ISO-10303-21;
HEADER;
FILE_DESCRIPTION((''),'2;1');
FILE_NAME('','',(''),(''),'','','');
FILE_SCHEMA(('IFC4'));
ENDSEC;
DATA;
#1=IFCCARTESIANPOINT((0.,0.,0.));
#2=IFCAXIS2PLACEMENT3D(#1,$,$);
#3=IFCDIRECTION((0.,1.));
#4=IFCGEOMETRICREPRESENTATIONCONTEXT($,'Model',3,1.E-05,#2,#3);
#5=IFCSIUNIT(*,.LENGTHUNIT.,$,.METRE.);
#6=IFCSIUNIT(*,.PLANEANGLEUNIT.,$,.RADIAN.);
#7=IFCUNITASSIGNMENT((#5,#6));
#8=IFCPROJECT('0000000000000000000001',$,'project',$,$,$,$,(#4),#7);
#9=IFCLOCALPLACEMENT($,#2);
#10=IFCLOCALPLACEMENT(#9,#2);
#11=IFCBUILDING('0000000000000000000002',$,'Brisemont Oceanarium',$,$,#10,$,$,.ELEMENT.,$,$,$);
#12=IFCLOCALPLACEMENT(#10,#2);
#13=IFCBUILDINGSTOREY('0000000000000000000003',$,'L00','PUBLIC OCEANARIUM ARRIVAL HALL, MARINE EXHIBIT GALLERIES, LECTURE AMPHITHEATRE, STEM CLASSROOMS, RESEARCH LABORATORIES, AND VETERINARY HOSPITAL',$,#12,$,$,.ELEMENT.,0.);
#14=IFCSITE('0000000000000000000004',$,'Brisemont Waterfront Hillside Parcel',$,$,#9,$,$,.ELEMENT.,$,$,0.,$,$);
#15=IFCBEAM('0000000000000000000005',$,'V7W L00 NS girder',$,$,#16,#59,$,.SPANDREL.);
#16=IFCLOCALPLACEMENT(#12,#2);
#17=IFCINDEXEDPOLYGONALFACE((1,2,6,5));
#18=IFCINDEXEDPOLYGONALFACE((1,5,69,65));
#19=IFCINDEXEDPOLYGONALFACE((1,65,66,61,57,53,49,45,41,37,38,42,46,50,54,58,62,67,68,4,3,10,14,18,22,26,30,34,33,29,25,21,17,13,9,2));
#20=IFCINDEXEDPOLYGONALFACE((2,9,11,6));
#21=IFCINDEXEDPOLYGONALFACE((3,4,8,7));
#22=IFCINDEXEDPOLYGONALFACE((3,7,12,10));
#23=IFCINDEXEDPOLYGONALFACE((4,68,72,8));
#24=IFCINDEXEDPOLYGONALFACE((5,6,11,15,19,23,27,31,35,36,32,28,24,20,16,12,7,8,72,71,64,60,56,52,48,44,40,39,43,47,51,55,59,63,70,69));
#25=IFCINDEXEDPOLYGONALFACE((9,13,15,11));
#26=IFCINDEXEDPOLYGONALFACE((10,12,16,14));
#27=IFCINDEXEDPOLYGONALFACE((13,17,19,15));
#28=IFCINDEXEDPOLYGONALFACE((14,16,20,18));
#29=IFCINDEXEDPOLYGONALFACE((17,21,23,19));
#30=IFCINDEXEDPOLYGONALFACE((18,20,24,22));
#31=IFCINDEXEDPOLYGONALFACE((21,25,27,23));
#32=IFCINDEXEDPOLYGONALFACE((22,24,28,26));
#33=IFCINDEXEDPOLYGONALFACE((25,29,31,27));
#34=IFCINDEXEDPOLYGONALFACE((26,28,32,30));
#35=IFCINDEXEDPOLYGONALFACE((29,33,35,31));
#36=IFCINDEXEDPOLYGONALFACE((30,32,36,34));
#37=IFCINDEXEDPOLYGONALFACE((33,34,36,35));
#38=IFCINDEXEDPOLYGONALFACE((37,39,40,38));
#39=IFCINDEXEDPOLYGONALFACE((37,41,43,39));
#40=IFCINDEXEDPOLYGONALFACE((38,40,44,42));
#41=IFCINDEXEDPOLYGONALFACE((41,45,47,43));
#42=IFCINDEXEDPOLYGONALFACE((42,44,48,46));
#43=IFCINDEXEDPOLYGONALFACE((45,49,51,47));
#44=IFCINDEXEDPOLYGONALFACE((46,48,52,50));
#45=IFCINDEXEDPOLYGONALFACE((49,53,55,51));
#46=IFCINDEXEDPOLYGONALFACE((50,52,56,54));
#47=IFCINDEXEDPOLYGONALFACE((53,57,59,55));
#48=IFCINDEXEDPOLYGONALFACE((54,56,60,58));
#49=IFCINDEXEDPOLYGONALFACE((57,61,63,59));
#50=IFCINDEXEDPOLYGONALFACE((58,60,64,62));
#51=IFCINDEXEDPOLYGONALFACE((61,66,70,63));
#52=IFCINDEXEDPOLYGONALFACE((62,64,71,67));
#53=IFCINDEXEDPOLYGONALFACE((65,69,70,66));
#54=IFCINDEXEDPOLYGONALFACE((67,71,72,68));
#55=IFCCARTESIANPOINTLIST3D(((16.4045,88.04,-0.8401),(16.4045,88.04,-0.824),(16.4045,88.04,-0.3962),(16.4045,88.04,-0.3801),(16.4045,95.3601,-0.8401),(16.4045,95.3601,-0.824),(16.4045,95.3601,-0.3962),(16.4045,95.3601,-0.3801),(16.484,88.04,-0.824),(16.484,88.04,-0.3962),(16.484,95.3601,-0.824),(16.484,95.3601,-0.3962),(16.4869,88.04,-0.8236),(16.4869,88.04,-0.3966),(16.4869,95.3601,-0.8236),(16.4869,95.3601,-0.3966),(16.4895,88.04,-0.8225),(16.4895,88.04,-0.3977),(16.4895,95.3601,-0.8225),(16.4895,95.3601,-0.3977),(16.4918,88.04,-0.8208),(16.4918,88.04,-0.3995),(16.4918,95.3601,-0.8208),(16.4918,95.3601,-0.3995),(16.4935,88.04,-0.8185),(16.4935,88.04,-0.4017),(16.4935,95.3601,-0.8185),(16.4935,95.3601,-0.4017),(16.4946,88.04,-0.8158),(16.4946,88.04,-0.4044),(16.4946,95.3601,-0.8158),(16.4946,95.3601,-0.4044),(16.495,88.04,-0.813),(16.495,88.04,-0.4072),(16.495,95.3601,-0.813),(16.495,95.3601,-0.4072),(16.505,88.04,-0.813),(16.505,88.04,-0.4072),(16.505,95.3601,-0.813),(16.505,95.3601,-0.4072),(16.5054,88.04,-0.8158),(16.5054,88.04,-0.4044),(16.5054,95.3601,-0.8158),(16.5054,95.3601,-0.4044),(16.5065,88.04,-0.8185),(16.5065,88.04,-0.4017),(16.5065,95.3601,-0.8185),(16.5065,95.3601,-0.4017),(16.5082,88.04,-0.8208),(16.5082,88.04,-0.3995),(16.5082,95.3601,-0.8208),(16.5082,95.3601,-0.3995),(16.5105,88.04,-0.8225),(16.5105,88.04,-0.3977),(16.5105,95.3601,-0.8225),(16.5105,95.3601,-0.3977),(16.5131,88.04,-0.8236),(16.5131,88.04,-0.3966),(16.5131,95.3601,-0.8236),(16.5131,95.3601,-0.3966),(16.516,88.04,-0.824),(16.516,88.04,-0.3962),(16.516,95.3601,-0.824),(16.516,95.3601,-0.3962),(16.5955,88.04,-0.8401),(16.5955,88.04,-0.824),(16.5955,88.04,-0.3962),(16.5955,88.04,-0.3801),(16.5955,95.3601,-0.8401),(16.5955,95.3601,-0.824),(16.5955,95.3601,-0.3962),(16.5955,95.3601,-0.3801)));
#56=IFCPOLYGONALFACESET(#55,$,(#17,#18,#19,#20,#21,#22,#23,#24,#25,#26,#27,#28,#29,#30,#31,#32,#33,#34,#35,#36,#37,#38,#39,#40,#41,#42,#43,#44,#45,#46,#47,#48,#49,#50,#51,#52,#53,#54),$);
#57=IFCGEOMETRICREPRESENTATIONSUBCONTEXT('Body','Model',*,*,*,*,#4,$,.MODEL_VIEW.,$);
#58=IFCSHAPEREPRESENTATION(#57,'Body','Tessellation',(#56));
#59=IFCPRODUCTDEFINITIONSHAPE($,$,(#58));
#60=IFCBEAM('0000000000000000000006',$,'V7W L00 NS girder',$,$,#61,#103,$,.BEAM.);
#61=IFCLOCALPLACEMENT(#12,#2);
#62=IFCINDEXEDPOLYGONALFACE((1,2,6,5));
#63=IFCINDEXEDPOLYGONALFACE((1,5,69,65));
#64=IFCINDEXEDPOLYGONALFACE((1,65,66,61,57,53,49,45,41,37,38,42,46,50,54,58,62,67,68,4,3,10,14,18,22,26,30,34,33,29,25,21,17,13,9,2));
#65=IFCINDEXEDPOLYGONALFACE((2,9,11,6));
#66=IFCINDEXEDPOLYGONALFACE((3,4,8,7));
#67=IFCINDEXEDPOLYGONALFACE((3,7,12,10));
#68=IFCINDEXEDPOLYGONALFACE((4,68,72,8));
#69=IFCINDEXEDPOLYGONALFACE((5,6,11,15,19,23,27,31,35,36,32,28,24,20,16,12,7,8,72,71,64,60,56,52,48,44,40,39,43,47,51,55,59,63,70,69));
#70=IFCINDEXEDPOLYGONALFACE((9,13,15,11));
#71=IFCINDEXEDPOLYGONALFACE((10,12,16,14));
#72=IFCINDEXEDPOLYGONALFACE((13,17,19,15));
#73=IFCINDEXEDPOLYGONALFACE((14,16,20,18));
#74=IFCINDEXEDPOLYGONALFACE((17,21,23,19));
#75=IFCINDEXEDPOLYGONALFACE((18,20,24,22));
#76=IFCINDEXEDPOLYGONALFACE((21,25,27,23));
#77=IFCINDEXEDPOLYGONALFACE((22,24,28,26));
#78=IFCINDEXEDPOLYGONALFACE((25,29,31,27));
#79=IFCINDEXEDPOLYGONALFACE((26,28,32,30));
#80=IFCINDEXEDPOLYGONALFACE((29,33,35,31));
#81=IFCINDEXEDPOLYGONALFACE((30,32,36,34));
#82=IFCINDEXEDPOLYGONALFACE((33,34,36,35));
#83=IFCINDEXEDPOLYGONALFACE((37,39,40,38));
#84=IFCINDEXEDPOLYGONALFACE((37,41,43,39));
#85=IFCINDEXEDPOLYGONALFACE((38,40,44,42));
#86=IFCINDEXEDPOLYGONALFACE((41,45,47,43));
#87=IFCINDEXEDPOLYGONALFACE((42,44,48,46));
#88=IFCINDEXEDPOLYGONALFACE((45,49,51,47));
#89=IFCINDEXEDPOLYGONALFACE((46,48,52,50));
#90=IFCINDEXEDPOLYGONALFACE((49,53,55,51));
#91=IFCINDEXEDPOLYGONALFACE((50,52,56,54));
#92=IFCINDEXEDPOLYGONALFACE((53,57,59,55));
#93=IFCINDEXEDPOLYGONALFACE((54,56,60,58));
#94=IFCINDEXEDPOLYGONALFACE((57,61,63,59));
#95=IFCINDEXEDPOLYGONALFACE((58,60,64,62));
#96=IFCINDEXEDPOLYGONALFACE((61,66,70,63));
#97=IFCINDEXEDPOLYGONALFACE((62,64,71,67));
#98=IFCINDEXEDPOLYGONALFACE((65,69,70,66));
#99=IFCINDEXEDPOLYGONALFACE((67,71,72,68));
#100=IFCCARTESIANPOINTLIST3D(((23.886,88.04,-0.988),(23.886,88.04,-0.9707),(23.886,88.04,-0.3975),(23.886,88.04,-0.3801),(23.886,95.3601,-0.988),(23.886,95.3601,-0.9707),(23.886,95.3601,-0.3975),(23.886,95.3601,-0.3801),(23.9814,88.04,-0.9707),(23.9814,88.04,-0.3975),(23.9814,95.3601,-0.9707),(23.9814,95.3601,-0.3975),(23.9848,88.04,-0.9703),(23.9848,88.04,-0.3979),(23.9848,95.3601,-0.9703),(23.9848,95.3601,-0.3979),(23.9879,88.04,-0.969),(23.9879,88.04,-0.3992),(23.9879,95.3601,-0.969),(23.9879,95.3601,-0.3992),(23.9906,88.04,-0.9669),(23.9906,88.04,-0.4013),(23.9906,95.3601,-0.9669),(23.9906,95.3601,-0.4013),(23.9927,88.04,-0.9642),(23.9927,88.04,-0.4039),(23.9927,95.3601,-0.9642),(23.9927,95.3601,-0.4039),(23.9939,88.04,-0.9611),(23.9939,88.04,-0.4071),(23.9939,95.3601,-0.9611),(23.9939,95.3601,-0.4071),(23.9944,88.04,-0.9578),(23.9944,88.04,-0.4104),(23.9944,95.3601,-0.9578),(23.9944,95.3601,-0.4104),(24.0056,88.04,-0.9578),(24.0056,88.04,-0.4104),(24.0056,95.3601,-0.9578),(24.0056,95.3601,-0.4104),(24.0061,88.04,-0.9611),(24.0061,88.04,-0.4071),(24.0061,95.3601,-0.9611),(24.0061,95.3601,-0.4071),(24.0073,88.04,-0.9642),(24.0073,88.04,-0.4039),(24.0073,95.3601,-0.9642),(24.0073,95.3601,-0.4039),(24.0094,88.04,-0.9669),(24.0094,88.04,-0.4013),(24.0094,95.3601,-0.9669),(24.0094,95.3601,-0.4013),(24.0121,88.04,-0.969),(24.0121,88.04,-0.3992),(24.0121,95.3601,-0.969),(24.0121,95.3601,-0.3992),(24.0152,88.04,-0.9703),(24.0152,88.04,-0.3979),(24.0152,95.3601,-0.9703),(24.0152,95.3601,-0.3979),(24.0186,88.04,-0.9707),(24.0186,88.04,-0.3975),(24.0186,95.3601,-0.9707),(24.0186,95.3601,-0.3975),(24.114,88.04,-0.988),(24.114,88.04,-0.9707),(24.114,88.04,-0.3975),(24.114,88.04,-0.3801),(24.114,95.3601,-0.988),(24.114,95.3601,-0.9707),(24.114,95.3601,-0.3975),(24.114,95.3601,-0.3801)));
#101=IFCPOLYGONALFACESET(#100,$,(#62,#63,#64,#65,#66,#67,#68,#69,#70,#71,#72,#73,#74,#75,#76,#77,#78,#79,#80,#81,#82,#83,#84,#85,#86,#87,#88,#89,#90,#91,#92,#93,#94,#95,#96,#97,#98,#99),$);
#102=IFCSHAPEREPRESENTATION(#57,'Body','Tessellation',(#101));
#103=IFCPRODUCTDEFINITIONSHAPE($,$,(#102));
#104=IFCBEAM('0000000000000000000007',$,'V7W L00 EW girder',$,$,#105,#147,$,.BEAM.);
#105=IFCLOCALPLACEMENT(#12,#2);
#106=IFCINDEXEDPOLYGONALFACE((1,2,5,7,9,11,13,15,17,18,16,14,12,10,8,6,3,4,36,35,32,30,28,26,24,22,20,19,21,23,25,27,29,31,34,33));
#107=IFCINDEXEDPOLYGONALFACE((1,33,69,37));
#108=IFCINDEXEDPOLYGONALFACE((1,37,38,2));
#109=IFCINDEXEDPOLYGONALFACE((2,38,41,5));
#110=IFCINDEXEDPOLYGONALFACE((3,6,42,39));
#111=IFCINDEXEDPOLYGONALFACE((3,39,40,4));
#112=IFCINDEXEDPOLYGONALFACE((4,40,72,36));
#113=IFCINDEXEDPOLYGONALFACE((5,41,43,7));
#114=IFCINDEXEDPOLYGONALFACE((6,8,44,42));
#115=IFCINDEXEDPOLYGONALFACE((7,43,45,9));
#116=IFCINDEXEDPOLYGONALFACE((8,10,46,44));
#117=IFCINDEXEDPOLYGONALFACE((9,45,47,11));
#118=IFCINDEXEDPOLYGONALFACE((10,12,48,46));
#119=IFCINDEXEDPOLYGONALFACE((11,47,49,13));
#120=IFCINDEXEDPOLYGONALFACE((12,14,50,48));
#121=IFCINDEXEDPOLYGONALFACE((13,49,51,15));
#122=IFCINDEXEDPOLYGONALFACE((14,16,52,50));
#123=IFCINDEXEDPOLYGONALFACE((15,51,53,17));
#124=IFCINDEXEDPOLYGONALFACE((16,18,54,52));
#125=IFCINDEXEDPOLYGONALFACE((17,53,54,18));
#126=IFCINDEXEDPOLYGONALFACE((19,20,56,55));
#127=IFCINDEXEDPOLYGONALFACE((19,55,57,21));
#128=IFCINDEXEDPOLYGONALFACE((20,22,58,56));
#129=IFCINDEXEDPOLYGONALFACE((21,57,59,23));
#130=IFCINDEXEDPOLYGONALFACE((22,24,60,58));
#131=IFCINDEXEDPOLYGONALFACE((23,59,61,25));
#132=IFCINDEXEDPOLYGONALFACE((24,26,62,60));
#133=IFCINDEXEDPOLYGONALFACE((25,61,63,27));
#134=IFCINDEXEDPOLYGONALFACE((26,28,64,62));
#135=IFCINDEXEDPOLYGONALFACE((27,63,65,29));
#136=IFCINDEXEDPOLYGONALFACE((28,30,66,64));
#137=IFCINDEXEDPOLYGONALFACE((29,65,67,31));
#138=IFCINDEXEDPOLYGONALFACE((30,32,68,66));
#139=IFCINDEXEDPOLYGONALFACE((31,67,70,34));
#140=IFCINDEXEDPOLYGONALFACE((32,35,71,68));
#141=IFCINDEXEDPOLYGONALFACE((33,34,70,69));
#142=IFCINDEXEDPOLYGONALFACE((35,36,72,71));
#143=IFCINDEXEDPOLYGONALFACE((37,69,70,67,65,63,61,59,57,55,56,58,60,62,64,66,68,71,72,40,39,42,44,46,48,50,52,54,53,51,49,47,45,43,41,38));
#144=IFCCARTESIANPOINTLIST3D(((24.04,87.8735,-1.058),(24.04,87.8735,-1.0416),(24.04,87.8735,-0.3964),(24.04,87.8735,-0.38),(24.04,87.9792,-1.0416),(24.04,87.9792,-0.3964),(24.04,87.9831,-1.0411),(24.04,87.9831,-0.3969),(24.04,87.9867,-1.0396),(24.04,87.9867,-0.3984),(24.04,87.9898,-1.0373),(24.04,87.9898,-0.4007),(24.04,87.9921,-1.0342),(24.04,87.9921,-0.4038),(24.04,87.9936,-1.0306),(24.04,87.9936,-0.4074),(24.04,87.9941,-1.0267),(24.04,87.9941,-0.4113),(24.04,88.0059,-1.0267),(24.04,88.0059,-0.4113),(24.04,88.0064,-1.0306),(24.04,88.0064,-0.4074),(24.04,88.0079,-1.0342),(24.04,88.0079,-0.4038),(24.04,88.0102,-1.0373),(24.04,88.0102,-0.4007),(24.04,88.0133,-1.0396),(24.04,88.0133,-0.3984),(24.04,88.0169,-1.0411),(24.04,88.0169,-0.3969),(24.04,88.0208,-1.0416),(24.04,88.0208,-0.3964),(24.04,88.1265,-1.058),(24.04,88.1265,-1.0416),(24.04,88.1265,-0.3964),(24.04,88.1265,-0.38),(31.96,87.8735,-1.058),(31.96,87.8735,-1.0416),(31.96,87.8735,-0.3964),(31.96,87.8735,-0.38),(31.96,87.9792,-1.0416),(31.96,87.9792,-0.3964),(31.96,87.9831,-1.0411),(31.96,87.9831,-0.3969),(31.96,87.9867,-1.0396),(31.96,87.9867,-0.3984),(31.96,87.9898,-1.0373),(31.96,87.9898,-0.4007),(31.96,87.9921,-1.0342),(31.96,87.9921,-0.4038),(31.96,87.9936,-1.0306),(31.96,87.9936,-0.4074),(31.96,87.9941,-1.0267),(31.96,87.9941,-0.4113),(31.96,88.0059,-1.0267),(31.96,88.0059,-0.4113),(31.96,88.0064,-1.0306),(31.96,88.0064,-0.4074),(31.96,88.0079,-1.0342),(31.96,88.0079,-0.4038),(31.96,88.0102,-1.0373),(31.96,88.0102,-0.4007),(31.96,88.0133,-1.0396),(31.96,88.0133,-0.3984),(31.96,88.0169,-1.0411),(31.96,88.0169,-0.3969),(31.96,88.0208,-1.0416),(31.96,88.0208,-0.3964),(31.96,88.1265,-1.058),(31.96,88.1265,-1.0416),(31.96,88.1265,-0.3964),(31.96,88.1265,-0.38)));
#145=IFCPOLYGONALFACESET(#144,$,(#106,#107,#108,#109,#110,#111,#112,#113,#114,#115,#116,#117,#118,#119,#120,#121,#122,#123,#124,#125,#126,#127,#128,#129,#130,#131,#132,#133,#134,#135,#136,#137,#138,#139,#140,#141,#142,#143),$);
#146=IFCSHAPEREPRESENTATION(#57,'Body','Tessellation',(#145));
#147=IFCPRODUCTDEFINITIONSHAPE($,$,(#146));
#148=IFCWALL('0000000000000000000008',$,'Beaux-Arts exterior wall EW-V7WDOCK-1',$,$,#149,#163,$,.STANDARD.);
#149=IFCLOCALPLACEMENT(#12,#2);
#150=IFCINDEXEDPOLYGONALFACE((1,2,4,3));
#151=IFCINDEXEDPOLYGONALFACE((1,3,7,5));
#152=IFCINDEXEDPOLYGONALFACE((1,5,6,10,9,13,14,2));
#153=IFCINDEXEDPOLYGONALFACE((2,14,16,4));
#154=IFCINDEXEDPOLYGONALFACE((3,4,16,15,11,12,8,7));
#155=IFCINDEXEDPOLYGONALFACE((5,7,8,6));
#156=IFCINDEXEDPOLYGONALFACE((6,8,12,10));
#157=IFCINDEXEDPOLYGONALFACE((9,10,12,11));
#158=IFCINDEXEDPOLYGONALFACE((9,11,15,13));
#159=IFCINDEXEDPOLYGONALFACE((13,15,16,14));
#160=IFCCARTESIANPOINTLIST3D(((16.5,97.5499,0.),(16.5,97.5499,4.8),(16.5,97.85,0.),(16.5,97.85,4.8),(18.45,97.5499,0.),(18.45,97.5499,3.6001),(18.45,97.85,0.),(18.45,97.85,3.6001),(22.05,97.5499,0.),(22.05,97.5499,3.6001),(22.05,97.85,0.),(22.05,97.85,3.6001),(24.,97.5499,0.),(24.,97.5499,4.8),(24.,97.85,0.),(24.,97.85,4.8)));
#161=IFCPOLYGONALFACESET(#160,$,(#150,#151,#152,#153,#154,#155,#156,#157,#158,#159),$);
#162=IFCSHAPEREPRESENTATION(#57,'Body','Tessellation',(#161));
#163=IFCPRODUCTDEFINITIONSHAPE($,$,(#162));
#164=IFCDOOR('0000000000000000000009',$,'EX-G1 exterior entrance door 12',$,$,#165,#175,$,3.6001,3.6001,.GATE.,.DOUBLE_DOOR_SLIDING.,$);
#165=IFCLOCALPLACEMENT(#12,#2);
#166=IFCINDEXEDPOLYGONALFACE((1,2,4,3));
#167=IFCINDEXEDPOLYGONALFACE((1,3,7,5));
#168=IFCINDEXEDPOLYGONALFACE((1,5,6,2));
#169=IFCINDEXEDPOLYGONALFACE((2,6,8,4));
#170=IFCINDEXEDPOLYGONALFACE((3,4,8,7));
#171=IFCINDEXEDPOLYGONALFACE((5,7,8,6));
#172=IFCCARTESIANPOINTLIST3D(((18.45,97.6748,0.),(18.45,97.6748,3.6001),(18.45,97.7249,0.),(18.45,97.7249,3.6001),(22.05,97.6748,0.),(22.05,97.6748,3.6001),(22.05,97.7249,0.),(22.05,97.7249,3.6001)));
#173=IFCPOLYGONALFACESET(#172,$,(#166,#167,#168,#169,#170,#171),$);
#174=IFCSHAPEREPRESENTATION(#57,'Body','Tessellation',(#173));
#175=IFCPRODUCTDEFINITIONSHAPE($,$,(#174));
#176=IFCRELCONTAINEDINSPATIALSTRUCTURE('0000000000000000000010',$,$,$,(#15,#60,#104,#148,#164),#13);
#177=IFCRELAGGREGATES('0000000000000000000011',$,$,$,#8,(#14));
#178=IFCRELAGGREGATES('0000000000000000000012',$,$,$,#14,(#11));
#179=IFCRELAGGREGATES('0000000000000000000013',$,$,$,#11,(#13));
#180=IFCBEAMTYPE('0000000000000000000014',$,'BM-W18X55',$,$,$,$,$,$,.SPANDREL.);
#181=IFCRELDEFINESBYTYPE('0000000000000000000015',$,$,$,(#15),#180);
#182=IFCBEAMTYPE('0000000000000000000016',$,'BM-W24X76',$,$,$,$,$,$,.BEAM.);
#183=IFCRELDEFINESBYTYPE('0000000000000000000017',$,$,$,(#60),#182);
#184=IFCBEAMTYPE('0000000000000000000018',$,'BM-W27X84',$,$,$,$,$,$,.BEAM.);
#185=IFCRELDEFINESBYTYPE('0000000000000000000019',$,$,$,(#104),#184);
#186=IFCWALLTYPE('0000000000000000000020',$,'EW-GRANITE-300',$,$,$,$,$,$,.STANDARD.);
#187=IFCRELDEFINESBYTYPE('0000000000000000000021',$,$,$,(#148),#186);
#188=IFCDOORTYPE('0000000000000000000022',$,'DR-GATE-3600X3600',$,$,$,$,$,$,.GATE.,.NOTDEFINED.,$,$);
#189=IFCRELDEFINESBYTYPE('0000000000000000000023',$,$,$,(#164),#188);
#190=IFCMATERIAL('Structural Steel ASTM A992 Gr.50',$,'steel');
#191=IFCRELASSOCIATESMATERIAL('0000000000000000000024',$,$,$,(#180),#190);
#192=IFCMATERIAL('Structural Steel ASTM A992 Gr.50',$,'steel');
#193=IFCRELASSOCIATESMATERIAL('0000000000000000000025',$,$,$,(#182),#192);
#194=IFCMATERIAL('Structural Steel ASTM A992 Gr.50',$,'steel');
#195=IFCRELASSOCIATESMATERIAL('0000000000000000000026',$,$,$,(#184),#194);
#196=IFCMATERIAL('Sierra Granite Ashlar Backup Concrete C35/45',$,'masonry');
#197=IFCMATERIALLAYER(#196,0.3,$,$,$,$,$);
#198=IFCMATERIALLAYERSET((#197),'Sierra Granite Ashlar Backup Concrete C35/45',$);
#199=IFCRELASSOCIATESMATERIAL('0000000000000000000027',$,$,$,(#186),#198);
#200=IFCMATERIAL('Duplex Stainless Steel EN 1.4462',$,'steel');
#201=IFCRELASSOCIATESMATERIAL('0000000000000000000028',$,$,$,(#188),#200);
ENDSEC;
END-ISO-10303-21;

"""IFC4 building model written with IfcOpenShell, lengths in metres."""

from ifc_helpers import new_model, si_unit, direction, frame, frame_2d, origin, origin_2d, place, context, subcontext, project, spatial, rectangle, i_section, extrude, material, layer, layer_set, material_profile, profile_set, type_object, element, fill, save


model = new_model("IFC4")

# Units and contexts
model_context = context("Model", 3, precision=1e-05, world=origin(), true_north=direction((0.0, 1.0)))
body_context = subcontext(model_context, "Body", "Model", "MODEL_VIEW")
ifc_project = project(units=[si_unit("LENGTHUNIT", "METRE"), si_unit("PLANEANGLEUNIT", "RADIAN")], contexts=[model_context])

# Site, building, storey
site_placement = place(None, origin())
site = spatial("IfcSite", under=ifc_project, at=site_placement, Name="Brisemont Waterfront Hillside Parcel", CompositionType="ELEMENT", RefElevation=0.0)
building_placement = place(site_placement, origin())
building = spatial("IfcBuilding", under=site, at=building_placement, Name="Brisemont Oceanarium", CompositionType="ELEMENT")
storey_placement = place(building_placement, origin())
storey = spatial("IfcBuildingStorey", under=building, at=storey_placement, Name="L00", Description="PUBLIC OCEANARIUM ARRIVAL HALL, MARINE EXHIBIT GALLERIES, LECTURE AMPHITHEATRE, STEM CLASSROOMS, RESEARCH LABORATORIES, AND VETERINARY HOSPITAL", CompositionType="ELEMENT", Elevation=0.0)

# Beams
ifc_material_1 = material(Name="Structural Steel ASTM A992 Gr.50", Category="steel")
ifc_material_profile_1 = material_profile(ifc_material_1, i_section(OverallWidth=0.1909, OverallDepth=0.46, WebThickness=0.01, FlangeThickness=0.0161, FilletRadius=0.011, at=origin_2d()), Name="W18X55")
ifc_profile_set_1 = profile_set([ifc_material_profile_1], Name="Structural Steel ASTM A992 Gr.50")
beam_type_1 = type_object("IfcBeamType", Name="BM-W18X55", PredefinedType="SPANDREL", material=ifc_profile_set_1)
beam_1_placement = place(storey_placement, frame((16.5, 88.04, -0.6101), z_axis=(0.0, 1.0, 0.0), x_axis=(-1.0, 0.0, 0.0)))
element("IfcBeam", 1, at=beam_1_placement, inside=storey, type_object=beam_type_1, Name="V7W L00 NS girder", PredefinedType="SPANDREL", context=body_context, shape_type="SweptSolid", body=[
    extrude(i_section(OverallWidth=0.1909, OverallDepth=0.46, WebThickness=0.01, FlangeThickness=0.0161, FilletRadius=0.011, at=origin_2d()), origin(), (0.0, 0.0, 1.0), 7.3201),
])
ifc_material_2 = material(Name="Structural Steel ASTM A992 Gr.50", Category="steel")
ifc_material_profile_2 = material_profile(ifc_material_2, i_section(OverallWidth=0.228, OverallDepth=0.6079, WebThickness=0.0112, FlangeThickness=0.0173, FilletRadius=0.0129, at=origin_2d()), Name="W24X76")
ifc_profile_set_2 = profile_set([ifc_material_profile_2], Name="Structural Steel ASTM A992 Gr.50")
beam_type_2 = type_object("IfcBeamType", Name="BM-W24X76", PredefinedType="BEAM", material=ifc_profile_set_2)
beam_2_placement = place(storey_placement, frame((24.0, 88.04, -0.6841), z_axis=(0.0, 1.0, 0.0), x_axis=(-1.0, 0.0, 0.0)))
element("IfcBeam", 2, at=beam_2_placement, inside=storey, type_object=beam_type_2, Name="V7W L00 NS girder", PredefinedType="BEAM", context=body_context, shape_type="SweptSolid", body=[
    extrude(i_section(OverallWidth=0.228, OverallDepth=0.6079, WebThickness=0.0112, FlangeThickness=0.0173, FilletRadius=0.0129, at=origin_2d()), origin(), (0.0, 0.0, 1.0), 7.3201),
])
ifc_material_3 = material(Name="Structural Steel ASTM A992 Gr.50", Category="steel")
ifc_material_profile_3 = material_profile(ifc_material_3, i_section(OverallWidth=0.2529, OverallDepth=0.678, WebThickness=0.0117, FlangeThickness=0.0164, FilletRadius=0.0149, at=origin_2d()), Name="W27X84")
ifc_profile_set_3 = profile_set([ifc_material_profile_3], Name="Structural Steel ASTM A992 Gr.50")
beam_type_3 = type_object("IfcBeamType", Name="BM-W27X84", PredefinedType="BEAM", material=ifc_profile_set_3)
beam_3_placement = place(storey_placement, frame((24.04, 88.0, -0.719), z_axis=(1.0, 0.0, 0.0), x_axis=(0.0, 1.0, 0.0)))
element("IfcBeam", 3, at=beam_3_placement, inside=storey, type_object=beam_type_3, Name="V7W L00 EW girder", PredefinedType="BEAM", context=body_context, shape_type="SweptSolid", body=[
    extrude(i_section(OverallWidth=0.2529, OverallDepth=0.678, WebThickness=0.0117, FlangeThickness=0.0164, FilletRadius=0.0149, at=origin_2d()), origin(), (0.0, 0.0, 1.0), 7.9199),
])

# Wall, opening, door
ifc_material_4 = material(Name="Sierra Granite Ashlar Backup Concrete C35/45", Category="masonry")
ifc_layer_1 = layer(ifc_material_4, 0.3)
ifc_layer_set_1 = layer_set([ifc_layer_1], Name="Sierra Granite Ashlar Backup Concrete C35/45")
wall_type_1 = type_object("IfcWallType", Name="EW-GRANITE-300", PredefinedType="STANDARD", material=ifc_layer_set_1)
wall_1_placement = place(storey_placement, frame((16.5, 97.7, 0.0), z_axis=(0.0, 0.0, 1.0), x_axis=(1.0, 0.0, 0.0)))
wall_1 = element("IfcWall", 4, at=wall_1_placement, inside=storey, type_object=wall_type_1, Name="Beaux-Arts exterior wall EW-V7WDOCK-1", PredefinedType="STANDARD", context=body_context, shape_type="SweptSolid", body=[
    extrude(rectangle(XDim=7.5, YDim=0.3, at=frame_2d((3.75, 0.0))), origin(), (0.0, 0.0, 1.0), 4.8),
])
opening_1_placement = place(wall_1_placement, frame((1.95, 0.0, 0.0)))
opening_1 = element("IfcOpeningElement", 5, at=opening_1_placement, cuts=wall_1, PredefinedType="OPENING", context=body_context, shape_type="SweptSolid", body=[
    extrude(rectangle(XDim=3.6001, YDim=3.6001, at=frame_2d((1.8, 1.8))), frame((0.0, 0.1599, 0.0), z_axis=(0.0, -1.0, 0.0), x_axis=(1.0, 0.0, 0.0)), (0.0, 0.0, 1.0), 0.3201),
])
ifc_material_5 = material(Name="Duplex Stainless Steel EN 1.4462", Category="steel")
door_type_1 = type_object("IfcDoorType", Name="DR-GATE-3600X3600", OperationType="NOTDEFINED", PredefinedType="GATE", material=ifc_material_5)
door_1_placement = place(opening_1_placement, origin())
door_1 = element("IfcDoor", 6, at=door_1_placement, inside=storey, type_object=door_type_1, Name="EX-G1 exterior entrance door 12", OperationType="DOUBLE_DOOR_SLIDING", OverallHeight=3.6001, OverallWidth=3.6001, PredefinedType="GATE", context=body_context, shape_type="SweptSolid", body=[
    extrude(rectangle(XDim=3.6001, YDim=3.6001, at=frame_2d((1.8, 1.8))), frame((0.0, 0.0249, 0.0), z_axis=(0.0, -1.0, 0.0), x_axis=(1.0, 0.0, 0.0)), (0.0, 0.0, 1.0), 0.05),
])
fill(opening_1, door_1)

save(model, "model.ifc")
